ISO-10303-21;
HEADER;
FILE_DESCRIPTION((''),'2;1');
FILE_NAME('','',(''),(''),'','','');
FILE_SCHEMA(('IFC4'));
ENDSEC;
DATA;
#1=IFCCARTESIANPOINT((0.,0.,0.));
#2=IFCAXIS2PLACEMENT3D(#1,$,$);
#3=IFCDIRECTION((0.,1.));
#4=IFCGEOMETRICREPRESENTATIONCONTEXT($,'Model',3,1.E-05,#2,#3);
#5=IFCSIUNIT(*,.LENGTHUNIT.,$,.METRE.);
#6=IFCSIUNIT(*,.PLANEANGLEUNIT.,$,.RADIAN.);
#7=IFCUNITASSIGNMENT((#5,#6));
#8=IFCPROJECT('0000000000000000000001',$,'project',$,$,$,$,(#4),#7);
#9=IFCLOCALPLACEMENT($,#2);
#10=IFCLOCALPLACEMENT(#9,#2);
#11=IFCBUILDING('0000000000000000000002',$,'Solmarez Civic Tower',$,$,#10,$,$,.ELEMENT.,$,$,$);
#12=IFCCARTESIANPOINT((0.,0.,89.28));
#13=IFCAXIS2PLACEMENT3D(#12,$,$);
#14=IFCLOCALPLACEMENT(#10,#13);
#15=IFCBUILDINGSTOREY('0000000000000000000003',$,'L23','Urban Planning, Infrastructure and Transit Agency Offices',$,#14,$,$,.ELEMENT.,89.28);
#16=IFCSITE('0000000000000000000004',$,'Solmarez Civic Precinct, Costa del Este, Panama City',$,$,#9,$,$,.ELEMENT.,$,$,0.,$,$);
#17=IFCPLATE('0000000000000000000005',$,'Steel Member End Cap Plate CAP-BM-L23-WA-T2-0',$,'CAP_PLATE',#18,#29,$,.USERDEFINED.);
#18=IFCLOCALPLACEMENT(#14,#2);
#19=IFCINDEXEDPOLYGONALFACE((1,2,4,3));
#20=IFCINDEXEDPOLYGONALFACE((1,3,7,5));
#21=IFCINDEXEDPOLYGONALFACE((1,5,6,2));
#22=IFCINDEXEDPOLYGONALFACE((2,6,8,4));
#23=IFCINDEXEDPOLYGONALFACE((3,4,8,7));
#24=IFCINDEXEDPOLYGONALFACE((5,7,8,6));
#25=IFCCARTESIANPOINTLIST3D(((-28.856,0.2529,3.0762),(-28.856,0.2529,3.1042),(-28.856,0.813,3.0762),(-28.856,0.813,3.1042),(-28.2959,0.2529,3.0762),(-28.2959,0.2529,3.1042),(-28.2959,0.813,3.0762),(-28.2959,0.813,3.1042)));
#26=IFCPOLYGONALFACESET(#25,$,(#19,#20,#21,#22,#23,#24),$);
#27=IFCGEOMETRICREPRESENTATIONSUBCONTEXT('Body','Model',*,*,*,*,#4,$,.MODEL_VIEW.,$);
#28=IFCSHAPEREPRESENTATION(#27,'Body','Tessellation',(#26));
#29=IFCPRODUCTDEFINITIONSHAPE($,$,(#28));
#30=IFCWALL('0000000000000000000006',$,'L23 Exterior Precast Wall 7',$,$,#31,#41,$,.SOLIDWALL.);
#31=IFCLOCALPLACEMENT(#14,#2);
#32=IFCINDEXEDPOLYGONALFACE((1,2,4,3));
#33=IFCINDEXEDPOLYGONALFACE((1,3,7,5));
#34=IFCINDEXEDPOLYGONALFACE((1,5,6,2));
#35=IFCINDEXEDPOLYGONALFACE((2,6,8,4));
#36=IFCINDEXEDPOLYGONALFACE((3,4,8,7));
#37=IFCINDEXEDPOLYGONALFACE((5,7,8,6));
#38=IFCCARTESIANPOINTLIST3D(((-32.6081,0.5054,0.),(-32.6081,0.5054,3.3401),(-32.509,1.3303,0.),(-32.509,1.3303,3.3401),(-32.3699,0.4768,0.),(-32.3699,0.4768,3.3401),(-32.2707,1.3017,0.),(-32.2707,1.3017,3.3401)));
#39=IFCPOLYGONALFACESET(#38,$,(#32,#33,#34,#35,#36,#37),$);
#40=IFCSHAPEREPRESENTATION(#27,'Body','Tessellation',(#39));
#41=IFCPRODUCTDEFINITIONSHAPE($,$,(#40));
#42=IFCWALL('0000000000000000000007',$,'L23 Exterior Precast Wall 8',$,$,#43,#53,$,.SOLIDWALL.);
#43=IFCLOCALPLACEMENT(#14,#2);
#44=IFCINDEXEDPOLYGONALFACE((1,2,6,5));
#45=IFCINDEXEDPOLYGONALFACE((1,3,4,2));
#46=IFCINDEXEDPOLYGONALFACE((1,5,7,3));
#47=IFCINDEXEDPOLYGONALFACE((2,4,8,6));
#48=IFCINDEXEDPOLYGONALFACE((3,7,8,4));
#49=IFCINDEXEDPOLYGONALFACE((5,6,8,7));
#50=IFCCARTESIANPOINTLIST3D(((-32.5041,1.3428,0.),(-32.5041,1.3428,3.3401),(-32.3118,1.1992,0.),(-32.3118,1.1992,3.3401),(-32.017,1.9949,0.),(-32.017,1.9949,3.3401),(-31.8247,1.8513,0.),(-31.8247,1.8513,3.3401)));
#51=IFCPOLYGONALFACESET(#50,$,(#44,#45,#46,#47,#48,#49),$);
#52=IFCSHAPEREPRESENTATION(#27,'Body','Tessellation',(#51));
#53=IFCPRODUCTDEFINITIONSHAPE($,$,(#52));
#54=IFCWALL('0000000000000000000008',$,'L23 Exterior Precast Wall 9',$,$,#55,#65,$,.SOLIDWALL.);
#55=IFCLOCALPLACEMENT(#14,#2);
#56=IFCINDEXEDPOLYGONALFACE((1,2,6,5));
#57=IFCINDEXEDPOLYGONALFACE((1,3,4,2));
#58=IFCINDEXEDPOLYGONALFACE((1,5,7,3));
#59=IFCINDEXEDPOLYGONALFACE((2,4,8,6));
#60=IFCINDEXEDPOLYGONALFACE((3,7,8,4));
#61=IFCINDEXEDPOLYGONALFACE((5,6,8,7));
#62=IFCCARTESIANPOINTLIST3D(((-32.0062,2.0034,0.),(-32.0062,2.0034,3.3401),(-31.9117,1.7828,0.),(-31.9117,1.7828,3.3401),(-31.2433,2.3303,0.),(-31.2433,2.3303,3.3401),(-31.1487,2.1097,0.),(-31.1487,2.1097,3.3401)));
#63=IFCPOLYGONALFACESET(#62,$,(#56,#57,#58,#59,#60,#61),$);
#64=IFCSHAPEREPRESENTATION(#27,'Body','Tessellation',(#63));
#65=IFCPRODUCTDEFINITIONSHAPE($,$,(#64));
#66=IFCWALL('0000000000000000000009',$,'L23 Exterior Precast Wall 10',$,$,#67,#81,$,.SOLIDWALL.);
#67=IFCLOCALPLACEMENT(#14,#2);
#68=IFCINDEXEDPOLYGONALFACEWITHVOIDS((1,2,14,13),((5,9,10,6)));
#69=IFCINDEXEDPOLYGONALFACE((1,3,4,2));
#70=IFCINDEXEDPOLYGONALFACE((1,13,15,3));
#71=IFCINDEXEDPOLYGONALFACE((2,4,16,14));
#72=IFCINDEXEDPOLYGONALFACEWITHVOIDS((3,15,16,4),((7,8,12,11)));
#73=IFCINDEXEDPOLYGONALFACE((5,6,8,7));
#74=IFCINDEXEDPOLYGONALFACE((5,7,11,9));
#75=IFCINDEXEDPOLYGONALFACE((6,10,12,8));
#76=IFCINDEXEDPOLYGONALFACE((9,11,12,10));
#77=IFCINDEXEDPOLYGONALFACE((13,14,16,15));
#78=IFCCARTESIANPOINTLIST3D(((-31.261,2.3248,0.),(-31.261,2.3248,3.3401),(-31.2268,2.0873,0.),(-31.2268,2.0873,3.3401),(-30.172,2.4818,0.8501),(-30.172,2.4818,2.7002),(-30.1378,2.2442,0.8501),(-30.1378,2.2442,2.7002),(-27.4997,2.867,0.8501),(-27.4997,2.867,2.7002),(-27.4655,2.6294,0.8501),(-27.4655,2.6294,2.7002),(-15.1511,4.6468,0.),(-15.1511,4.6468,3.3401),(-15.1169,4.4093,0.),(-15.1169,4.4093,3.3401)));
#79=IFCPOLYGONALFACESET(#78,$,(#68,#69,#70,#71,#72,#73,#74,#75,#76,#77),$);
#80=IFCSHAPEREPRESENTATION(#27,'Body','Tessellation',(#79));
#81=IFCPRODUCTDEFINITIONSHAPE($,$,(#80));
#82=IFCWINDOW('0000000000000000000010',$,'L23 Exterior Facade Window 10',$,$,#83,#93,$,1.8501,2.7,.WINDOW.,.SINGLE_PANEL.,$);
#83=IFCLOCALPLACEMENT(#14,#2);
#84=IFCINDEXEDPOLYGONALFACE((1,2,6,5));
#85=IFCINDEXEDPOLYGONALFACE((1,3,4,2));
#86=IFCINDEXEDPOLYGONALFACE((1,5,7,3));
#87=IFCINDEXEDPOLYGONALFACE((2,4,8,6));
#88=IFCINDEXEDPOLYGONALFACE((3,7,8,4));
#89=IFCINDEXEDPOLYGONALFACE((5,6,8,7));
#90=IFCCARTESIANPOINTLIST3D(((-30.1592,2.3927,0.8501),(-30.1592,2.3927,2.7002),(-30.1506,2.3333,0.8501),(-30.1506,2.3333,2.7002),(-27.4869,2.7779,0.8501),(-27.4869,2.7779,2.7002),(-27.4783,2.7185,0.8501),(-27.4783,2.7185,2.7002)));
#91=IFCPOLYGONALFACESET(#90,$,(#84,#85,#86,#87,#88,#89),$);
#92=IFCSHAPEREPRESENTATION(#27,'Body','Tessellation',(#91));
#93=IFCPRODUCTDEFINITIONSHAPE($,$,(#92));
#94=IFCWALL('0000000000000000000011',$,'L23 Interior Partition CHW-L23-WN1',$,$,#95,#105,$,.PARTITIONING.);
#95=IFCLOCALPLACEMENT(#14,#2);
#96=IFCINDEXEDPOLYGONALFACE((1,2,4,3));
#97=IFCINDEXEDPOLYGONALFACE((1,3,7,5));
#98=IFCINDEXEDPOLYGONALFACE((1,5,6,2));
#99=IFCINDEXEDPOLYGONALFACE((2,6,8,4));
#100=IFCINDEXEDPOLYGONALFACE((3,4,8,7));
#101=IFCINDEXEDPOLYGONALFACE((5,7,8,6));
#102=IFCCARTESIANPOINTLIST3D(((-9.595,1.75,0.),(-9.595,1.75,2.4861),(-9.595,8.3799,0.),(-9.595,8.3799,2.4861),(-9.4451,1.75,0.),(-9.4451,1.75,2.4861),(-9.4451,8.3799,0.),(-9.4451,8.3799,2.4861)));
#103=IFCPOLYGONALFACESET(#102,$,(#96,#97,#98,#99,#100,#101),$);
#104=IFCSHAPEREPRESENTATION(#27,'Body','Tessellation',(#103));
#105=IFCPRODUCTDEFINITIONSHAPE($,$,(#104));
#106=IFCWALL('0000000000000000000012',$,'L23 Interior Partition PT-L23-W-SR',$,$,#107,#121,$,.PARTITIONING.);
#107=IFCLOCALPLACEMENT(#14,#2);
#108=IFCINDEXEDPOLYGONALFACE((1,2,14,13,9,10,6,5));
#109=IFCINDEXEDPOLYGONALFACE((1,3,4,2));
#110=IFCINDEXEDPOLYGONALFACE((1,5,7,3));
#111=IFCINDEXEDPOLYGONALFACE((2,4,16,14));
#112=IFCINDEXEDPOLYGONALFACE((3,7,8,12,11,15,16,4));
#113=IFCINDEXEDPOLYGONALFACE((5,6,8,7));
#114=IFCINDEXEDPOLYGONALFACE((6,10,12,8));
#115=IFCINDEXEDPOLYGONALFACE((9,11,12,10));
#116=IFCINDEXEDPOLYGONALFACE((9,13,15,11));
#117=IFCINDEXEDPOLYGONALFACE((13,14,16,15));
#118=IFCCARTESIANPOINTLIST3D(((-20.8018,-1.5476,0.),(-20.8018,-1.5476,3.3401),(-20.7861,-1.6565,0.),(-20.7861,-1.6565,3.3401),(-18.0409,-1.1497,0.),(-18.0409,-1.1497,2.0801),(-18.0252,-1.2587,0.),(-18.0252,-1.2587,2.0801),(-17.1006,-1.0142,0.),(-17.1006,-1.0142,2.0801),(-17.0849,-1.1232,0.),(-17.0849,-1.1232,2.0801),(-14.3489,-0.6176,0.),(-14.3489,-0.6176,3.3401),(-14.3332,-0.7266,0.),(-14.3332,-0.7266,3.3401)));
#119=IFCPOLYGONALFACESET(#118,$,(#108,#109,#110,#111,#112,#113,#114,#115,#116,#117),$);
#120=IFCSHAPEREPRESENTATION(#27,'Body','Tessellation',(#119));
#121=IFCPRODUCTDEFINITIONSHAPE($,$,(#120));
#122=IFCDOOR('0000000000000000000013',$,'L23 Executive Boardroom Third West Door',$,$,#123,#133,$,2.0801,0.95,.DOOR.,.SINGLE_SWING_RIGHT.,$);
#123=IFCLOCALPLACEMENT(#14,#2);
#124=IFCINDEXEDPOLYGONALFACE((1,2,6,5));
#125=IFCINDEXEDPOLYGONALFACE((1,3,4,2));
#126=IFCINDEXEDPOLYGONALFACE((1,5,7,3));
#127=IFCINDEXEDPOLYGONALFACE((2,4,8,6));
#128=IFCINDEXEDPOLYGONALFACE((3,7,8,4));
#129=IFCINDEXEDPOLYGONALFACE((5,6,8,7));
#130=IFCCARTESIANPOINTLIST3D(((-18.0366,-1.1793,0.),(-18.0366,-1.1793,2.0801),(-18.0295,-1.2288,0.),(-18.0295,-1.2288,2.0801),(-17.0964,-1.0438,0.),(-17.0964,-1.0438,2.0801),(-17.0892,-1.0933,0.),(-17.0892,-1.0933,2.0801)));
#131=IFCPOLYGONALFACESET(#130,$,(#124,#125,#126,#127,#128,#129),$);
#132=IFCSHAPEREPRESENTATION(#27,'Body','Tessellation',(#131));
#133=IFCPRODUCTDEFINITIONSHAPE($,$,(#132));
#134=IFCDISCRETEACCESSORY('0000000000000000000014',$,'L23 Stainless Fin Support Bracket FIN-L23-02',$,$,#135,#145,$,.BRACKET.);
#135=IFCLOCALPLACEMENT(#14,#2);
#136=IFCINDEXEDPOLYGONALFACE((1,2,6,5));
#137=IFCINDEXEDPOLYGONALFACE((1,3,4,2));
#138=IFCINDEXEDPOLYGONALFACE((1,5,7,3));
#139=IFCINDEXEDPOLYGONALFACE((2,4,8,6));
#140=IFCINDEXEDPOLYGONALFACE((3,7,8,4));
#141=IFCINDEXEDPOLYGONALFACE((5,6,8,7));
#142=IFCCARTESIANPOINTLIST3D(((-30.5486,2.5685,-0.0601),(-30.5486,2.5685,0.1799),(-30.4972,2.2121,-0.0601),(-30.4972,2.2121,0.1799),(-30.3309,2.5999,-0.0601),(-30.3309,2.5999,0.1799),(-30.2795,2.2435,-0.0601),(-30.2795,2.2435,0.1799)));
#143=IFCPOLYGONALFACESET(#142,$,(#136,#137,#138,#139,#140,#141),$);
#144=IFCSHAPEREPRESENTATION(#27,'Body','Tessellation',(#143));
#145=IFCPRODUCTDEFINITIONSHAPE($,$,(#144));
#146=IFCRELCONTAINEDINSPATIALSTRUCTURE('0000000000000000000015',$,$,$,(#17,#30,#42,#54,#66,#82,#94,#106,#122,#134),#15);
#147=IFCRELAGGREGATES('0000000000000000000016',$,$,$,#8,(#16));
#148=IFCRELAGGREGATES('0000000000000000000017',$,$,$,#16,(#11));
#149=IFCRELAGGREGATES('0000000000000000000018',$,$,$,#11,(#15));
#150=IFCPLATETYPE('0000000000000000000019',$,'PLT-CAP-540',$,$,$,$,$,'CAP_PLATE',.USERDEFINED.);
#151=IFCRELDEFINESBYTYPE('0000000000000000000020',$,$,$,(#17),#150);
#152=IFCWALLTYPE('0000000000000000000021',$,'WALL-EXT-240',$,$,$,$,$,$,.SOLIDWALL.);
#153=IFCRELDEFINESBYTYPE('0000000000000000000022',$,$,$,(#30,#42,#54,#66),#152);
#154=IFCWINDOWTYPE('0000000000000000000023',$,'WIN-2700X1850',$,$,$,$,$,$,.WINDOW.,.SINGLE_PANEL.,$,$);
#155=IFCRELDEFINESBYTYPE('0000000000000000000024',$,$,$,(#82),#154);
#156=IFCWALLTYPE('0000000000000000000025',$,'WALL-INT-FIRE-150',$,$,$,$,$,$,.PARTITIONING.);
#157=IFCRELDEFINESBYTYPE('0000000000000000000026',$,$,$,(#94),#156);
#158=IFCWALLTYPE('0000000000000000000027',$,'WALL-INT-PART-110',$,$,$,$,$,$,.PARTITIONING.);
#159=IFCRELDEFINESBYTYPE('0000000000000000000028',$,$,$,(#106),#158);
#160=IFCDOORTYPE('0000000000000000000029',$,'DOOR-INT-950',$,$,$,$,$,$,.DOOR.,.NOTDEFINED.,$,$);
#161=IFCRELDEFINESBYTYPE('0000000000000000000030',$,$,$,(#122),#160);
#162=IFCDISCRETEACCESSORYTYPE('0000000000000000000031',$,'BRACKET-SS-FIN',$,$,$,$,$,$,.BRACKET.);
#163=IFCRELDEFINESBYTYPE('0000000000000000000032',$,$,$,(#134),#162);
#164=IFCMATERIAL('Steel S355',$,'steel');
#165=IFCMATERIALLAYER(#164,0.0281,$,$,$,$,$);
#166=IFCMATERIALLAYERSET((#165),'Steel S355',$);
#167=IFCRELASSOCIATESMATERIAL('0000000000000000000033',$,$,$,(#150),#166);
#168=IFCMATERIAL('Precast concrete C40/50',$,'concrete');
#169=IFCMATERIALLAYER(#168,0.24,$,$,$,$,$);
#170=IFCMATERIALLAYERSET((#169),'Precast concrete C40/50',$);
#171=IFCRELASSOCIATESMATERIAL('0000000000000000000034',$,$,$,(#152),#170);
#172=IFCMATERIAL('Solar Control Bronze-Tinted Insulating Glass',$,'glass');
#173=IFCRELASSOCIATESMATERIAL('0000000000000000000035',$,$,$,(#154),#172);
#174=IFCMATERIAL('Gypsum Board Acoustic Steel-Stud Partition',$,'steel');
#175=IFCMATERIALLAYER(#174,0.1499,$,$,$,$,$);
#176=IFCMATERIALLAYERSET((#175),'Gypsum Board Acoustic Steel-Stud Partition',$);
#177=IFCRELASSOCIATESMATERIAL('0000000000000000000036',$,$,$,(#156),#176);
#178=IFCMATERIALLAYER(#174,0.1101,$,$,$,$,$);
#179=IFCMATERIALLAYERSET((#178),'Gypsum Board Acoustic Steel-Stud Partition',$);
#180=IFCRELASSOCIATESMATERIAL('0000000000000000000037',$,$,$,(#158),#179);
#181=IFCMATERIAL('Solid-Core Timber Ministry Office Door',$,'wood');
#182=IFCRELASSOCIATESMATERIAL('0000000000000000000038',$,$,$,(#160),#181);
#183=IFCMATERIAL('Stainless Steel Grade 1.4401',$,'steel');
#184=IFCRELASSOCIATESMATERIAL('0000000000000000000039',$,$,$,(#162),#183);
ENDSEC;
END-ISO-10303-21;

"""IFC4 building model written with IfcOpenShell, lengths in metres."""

from ifc_helpers import new_model, si_unit, direction, frame, frame_2d, origin, origin_2d, place, context, subcontext, project, spatial, rectangle, extrude, material, layer, layer_set, type_object, element, fill, save


model = new_model("IFC4")

# Units and contexts
model_context = context("Model", 3, precision=1e-05, world=origin(), true_north=direction((0.0, 1.0)))
body_context = subcontext(model_context, "Body", "Model", "MODEL_VIEW")
ifc_project = project(units=[si_unit("LENGTHUNIT", "METRE"), si_unit("PLANEANGLEUNIT", "RADIAN")], contexts=[model_context])

# Site, building, storey
site_placement = place(None, origin())
site = spatial("IfcSite", under=ifc_project, at=site_placement, Name="Solmarez Civic Precinct, Costa del Este, Panama City", CompositionType="ELEMENT", RefElevation=0.0)
building_placement = place(site_placement, origin())
building = spatial("IfcBuilding", under=site, at=building_placement, Name="Solmarez Civic Tower", CompositionType="ELEMENT")
storey_placement = place(building_placement, frame((0.0, 0.0, 89.28)))
storey = spatial("IfcBuildingStorey", under=building, at=storey_placement, Name="L23", Description="Urban Planning, Infrastructure and Transit Agency Offices", CompositionType="ELEMENT", Elevation=89.28)

# Shared definitions
ifc_material_1 = material(Name="Steel S355", Category="steel")

# Plate
ifc_layer_1 = layer(ifc_material_1, 0.0281)
ifc_layer_set_1 = layer_set([ifc_layer_1], Name="Steel S355")
plate_type_1 = type_object("IfcPlateType", Name="PLT-CAP-540", ElementType="CAP_PLATE", PredefinedType="USERDEFINED", material=ifc_layer_set_1)
plate_placement = place(storey_placement, frame((-28.5759, 0.533, 3.0762), z_axis=(0.0, 0.0, 1.0), x_axis=(1.0, 0.0, 0.0)))
element("IfcPlate", 1, at=plate_placement, inside=storey, type_object=plate_type_1, Name="Steel Member End Cap Plate CAP-BM-L23-WA-T2-0", ObjectType="CAP_PLATE", PredefinedType="USERDEFINED", context=body_context, shape_type="SweptSolid", body=[
    extrude(rectangle(XDim=0.5601, YDim=0.5601, at=origin_2d()), origin(), (0.0, 0.0, 1.0), 0.0281),
])

# Walls
ifc_material_2 = material(Name="Precast concrete C40/50", Category="concrete")
ifc_layer_2 = layer(ifc_material_2, 0.24)
ifc_layer_set_2 = layer_set([ifc_layer_2], Name="Precast concrete C40/50")
wall_type_1 = type_object("IfcWallType", Name="WALL-EXT-240", PredefinedType="SOLIDWALL", material=ifc_layer_set_2)
wall_1_placement = place(storey_placement, frame((-32.489, 0.491, 0.0), z_axis=(0.0, 0.0, 1.0), x_axis=(0.119296, 0.992859, 0.0)))
element("IfcWall", 2, at=wall_1_placement, inside=storey, type_object=wall_type_1, Name="L23 Exterior Precast Wall 7", PredefinedType="SOLIDWALL", context=body_context, shape_type="SweptSolid", body=[
    extrude(rectangle(XDim=0.8308, YDim=0.24, at=frame_2d((0.4155, 0.0))), origin(), (0.0, 0.0, 1.0), 3.3401),
])
wall_2_placement = place(storey_placement, frame((-32.408, 1.271, 0.0), z_axis=(0.0, 0.0, 1.0), x_axis=(0.598415, 0.801186, 0.0)))
element("IfcWall", 3, at=wall_2_placement, inside=storey, type_object=wall_type_1, Name="L23 Exterior Precast Wall 8", PredefinedType="SOLIDWALL", context=body_context, shape_type="SweptSolid", body=[
    extrude(rectangle(XDim=0.814, YDim=0.24, at=frame_2d((0.407, 0.0))), origin(), (0.0, 0.0, 1.0), 3.3401),
])
wall_3_placement = place(storey_placement, frame((-31.959, 1.8931, 0.0), z_axis=(0.0, 0.0, 1.0), x_axis=(0.919175, 0.393848, 0.0)))
element("IfcWall", 4, at=wall_3_placement, inside=storey, type_object=wall_type_1, Name="L23 Exterior Precast Wall 9", PredefinedType="SOLIDWALL", context=body_context, shape_type="SweptSolid", body=[
    extrude(rectangle(XDim=0.8301, YDim=0.24, at=frame_2d((0.415, 0.0))), origin(), (0.0, 0.0, 1.0), 3.3401),
])

# Wall, opening, window
wall_4_placement = place(storey_placement, frame((-31.2439, 2.2061, 0.0), z_axis=(0.0, 0.0, 1.0), x_axis=(0.989771, 0.142662, 0.0)))
wall_4 = element("IfcWall", 5, at=wall_4_placement, inside=storey, type_object=wall_type_1, Name="L23 Exterior Precast Wall 10", PredefinedType="SOLIDWALL", context=body_context, shape_type="SweptSolid", body=[
    extrude(rectangle(XDim=16.2764, YDim=0.24, at=frame_2d((8.1382, 0.0))), origin(), (0.0, 0.0, 1.0), 3.3401),
])
opening_1_placement = place(wall_4_placement, frame((1.1001, 0.0, 0.8501)))
opening_1 = element("IfcOpeningElement", 6, at=opening_1_placement, cuts=wall_4, PredefinedType="OPENING", context=body_context, shape_type="SweptSolid", body=[
    extrude(rectangle(XDim=2.7, YDim=1.8501, at=frame_2d((1.3501, 0.925))), frame((0.0, 0.1299, 0.0), z_axis=(0.0, -1.0, 0.0), x_axis=(1.0, 0.0, 0.0)), (0.0, 0.0, 1.0), 0.26),
])
ifc_material_3 = material(Name="Solar Control Bronze-Tinted Insulating Glass", Category="glass")
window_type = type_object("IfcWindowType", Name="WIN-2700X1850", PartitioningType="SINGLE_PANEL", PredefinedType="WINDOW", material=ifc_material_3)
window_placement = place(opening_1_placement, origin())
window = element("IfcWindow", 7, at=window_placement, inside=storey, type_object=window_type, Name="L23 Exterior Facade Window 10", OverallHeight=1.8501, OverallWidth=2.7, PartitioningType="SINGLE_PANEL", PredefinedType="WINDOW", context=body_context, shape_type="SweptSolid", body=[
    extrude(rectangle(XDim=2.7, YDim=1.8501, at=frame_2d((1.3501, 0.925))), frame((0.0, 0.03, 0.0), z_axis=(0.0, -1.0, 0.0), x_axis=(1.0, 0.0, 0.0)), (0.0, 0.0, 1.0), 0.0601),
])
fill(opening_1, window)

# Wall
ifc_material_4 = material(Name="Gypsum Board Acoustic Steel-Stud Partition", Category="steel")
ifc_layer_3 = layer(ifc_material_4, 0.1499)
ifc_layer_set_3 = layer_set([ifc_layer_3], Name="Gypsum Board Acoustic Steel-Stud Partition")
wall_type_2 = type_object("IfcWallType", Name="WALL-INT-FIRE-150", PredefinedType="PARTITIONING", material=ifc_layer_set_3)
wall_5_placement = place(storey_placement, frame((-9.52, 1.75, 0.0), z_axis=(0.0, 0.0, 1.0), x_axis=(0.0, 1.0, 0.0)))
element("IfcWall", 8, at=wall_5_placement, inside=storey, type_object=wall_type_2, Name="L23 Interior Partition CHW-L23-WN1", PredefinedType="PARTITIONING", context=body_context, shape_type="SweptSolid", body=[
    extrude(rectangle(XDim=6.6299, YDim=0.1499, at=frame_2d((3.3149, 0.0))), origin(), (0.0, 0.0, 1.0), 2.4861),
])

# Wall, opening, door
ifc_layer_4 = layer(ifc_material_4, 0.1101)
ifc_layer_set_4 = layer_set([ifc_layer_4], Name="Gypsum Board Acoustic Steel-Stud Partition")
wall_type_3 = type_object("IfcWallType", Name="WALL-INT-PART-110", PredefinedType="PARTITIONING", material=ifc_layer_set_4)
wall_6_placement = place(storey_placement, frame((-14.3411, -0.6721, 0.0), z_axis=(0.0, 0.0, 1.0), x_axis=(-0.989775, -0.142638, 0.0)))
wall_6 = element("IfcWall", 9, at=wall_6_placement, inside=storey, type_object=wall_type_3, Name="L23 Interior Partition PT-L23-W-SR", PredefinedType="PARTITIONING", context=body_context, shape_type="SweptSolid", body=[
    extrude(rectangle(XDim=6.5195, YDim=0.1101, at=frame_2d((3.2598, 0.0))), origin(), (0.0, 0.0, 1.0), 3.3401),
])
opening_2_placement = place(wall_6_placement, frame((2.78, 0.0, 0.0)))
opening_2 = element("IfcOpeningElement", 10, at=opening_2_placement, cuts=wall_6, PredefinedType="OPENING", context=body_context, shape_type="SweptSolid", body=[
    extrude(rectangle(XDim=0.95, YDim=2.0801, at=frame_2d((0.4751, 1.04))), frame((0.0, 0.0649, 0.0), z_axis=(0.0, -1.0, 0.0), x_axis=(1.0, 0.0, 0.0)), (0.0, 0.0, 1.0), 0.1301),
])
ifc_material_5 = material(Name="Solid-Core Timber Ministry Office Door", Category="wood")
door_type = type_object("IfcDoorType", Name="DOOR-INT-950", OperationType="NOTDEFINED", PredefinedType="DOOR", material=ifc_material_5)
door_placement = place(opening_2_placement, origin())
door = element("IfcDoor", 11, at=door_placement, inside=storey, type_object=door_type, Name="L23 Executive Boardroom Third West Door", OperationType="SINGLE_SWING_RIGHT", OverallHeight=2.0801, OverallWidth=0.95, PredefinedType="DOOR", context=body_context, shape_type="SweptSolid", body=[
    extrude(rectangle(XDim=0.95, YDim=2.0801, at=frame_2d((0.4751, 1.04))), frame((0.0, 0.0249, 0.0), z_axis=(0.0, -1.0, 0.0), x_axis=(1.0, 0.0, 0.0)), (0.0, 0.0, 1.0), 0.05),
])
fill(opening_2, door)

# Discrete accessory
ifc_material_6 = material(Name="Stainless Steel Grade 1.4401", Category="steel")
discrete_accessory_type = type_object("IfcDiscreteAccessoryType", Name="BRACKET-SS-FIN", PredefinedType="BRACKET", material=ifc_material_6)
discrete_accessory_placement = place(storey_placement, frame((-30.4141, 2.406, -0.0601), z_axis=(0.0, 0.0, 1.0), x_axis=(-0.142617, 0.989778, 0.0)))
element("IfcDiscreteAccessory", 12, at=discrete_accessory_placement, inside=storey, type_object=discrete_accessory_type, Name="L23 Stainless Fin Support Bracket FIN-L23-02", PredefinedType="BRACKET", context=body_context, shape_type="SweptSolid", body=[
    extrude(rectangle(XDim=0.3601, YDim=0.22, at=origin_2d()), origin(), (0.0, 0.0, 1.0), 0.24),
])

save(model, "model.ifc")
